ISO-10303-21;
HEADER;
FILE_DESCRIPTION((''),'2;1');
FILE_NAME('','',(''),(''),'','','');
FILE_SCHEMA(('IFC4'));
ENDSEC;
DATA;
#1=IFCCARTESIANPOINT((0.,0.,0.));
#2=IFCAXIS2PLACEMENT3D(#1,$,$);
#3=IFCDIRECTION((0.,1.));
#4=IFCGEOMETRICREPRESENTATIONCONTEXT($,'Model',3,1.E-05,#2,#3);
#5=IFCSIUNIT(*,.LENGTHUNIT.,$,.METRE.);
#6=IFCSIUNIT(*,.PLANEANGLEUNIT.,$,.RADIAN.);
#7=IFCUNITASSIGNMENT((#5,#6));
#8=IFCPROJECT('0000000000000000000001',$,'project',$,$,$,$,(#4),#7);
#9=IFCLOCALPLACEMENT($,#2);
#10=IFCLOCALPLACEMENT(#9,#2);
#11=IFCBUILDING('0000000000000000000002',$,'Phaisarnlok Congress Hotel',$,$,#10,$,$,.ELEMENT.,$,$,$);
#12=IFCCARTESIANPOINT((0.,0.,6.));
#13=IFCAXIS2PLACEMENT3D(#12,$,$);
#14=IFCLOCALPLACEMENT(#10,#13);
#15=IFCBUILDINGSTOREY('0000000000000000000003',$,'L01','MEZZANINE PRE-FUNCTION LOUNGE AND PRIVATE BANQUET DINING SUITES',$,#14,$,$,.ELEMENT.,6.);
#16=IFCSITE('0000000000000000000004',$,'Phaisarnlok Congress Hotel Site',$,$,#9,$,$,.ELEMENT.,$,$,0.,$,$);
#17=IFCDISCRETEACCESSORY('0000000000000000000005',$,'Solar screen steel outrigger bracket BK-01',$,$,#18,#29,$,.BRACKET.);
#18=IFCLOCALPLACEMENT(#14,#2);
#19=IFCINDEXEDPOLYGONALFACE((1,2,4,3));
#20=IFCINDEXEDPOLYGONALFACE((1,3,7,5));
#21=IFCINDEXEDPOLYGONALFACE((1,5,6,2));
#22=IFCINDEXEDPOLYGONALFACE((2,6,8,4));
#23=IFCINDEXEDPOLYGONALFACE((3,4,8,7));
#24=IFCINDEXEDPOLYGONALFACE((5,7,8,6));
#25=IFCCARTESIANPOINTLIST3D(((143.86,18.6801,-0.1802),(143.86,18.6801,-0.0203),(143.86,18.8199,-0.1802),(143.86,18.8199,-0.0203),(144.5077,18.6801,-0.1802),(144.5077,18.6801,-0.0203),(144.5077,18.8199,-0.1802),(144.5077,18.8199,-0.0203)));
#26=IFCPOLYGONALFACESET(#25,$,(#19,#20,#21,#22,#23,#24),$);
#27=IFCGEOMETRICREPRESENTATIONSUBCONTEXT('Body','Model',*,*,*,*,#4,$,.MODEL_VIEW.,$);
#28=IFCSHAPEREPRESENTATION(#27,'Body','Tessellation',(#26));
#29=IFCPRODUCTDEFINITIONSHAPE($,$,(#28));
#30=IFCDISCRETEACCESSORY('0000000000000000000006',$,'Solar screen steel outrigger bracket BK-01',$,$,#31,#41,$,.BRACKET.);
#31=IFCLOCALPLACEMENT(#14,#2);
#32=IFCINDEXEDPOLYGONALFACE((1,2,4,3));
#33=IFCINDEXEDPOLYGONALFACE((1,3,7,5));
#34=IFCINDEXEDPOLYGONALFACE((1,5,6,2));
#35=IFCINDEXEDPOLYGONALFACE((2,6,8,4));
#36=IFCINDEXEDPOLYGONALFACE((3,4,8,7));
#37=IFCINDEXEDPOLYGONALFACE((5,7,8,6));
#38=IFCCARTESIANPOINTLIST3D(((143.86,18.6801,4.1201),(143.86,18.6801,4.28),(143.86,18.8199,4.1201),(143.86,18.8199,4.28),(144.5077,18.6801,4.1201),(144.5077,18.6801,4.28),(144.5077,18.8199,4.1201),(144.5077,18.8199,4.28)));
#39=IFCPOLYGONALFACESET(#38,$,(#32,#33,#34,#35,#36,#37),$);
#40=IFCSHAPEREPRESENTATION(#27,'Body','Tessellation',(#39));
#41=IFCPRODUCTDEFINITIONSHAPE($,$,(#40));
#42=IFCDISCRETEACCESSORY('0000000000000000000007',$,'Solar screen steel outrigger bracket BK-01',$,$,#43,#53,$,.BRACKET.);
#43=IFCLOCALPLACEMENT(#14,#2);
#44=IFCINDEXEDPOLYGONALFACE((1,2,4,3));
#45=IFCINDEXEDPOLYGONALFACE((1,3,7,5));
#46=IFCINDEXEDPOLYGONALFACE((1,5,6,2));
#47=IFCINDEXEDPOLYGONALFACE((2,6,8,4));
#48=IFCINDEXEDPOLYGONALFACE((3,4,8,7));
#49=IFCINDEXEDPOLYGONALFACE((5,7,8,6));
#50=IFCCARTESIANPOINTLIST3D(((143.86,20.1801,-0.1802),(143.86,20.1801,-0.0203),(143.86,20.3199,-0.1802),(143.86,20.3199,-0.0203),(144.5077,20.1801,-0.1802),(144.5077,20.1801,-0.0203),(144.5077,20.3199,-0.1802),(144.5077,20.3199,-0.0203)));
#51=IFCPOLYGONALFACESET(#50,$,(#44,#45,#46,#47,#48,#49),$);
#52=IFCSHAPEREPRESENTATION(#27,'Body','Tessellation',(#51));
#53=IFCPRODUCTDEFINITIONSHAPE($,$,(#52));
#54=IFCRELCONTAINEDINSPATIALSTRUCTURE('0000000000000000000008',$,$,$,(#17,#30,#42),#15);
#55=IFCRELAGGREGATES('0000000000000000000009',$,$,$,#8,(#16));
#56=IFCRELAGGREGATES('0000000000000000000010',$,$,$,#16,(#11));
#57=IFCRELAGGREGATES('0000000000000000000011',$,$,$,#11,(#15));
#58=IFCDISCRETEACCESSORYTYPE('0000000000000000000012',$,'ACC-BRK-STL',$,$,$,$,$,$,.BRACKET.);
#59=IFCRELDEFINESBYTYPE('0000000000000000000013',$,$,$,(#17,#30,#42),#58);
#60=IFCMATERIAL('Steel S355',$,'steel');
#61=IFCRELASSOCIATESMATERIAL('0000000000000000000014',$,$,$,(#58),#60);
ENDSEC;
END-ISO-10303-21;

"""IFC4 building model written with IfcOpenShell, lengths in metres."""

from ifc_helpers import new_model, si_unit, direction, frame, origin, origin_2d, place, context, subcontext, project, spatial, rectangle, extrude, material, type_object, element, save


model = new_model("IFC4")

# Units and contexts
model_context = context("Model", 3, precision=1e-05, world=origin(), true_north=direction((0.0, 1.0)))
body_context = subcontext(model_context, "Body", "Model", "MODEL_VIEW")
ifc_project = project(units=[si_unit("LENGTHUNIT", "METRE"), si_unit("PLANEANGLEUNIT", "RADIAN")], contexts=[model_context])

# Site, building, storey
site_placement = place(None, origin())
site = spatial("IfcSite", under=ifc_project, at=site_placement, Name="Phaisarnlok Congress Hotel Site", CompositionType="ELEMENT", RefElevation=0.0)
building_placement = place(site_placement, origin())
building = spatial("IfcBuilding", under=site, at=building_placement, Name="Phaisarnlok Congress Hotel", CompositionType="ELEMENT")
storey_placement = place(building_placement, frame((0.0, 0.0, 6.0)))
storey = spatial("IfcBuildingStorey", under=building, at=storey_placement, Name="L01", Description="MEZZANINE PRE-FUNCTION LOUNGE AND PRIVATE BANQUET DINING SUITES", CompositionType="ELEMENT", Elevation=6.0)

# Shared definitions
ifc_material_1 = material(Name="Steel S355", Category="steel")

# Discrete accessories
discrete_accessory_type = type_object("IfcDiscreteAccessoryType", Name="ACC-BRK-STL", PredefinedType="BRACKET", material=ifc_material_1)
for number, where, z_axis, x_axis, name in (
    (1, (144.1838, 18.75, -0.1802), (0.0, 0.0, 1.0), (1.0, 0.0, 0.0), "Solar screen steel outrigger bracket BK-01"),
    (2, (144.1838, 18.75, 4.1201), (0.0, 0.0, 1.0), (1.0, 0.0, 0.0), "Solar screen steel outrigger bracket BK-01"),
    (3, (144.1838, 20.25, -0.1802), (0.0, 0.0, 1.0), (1.0, 0.0, 0.0), "Solar screen steel outrigger bracket BK-01"),
):
    element("IfcDiscreteAccessory", number, at=place(storey_placement, frame(where, z_axis=z_axis, x_axis=x_axis)), inside=storey, type_object=discrete_accessory_type, Name=name, PredefinedType="BRACKET", context=body_context, shape_type="SweptSolid", body=[
        extrude(rectangle(XDim=0.6477, YDim=0.1399, at=origin_2d()), origin(), (0.0, 0.0, 1.0), 0.1599),
    ])

save(model, "model.ifc")
